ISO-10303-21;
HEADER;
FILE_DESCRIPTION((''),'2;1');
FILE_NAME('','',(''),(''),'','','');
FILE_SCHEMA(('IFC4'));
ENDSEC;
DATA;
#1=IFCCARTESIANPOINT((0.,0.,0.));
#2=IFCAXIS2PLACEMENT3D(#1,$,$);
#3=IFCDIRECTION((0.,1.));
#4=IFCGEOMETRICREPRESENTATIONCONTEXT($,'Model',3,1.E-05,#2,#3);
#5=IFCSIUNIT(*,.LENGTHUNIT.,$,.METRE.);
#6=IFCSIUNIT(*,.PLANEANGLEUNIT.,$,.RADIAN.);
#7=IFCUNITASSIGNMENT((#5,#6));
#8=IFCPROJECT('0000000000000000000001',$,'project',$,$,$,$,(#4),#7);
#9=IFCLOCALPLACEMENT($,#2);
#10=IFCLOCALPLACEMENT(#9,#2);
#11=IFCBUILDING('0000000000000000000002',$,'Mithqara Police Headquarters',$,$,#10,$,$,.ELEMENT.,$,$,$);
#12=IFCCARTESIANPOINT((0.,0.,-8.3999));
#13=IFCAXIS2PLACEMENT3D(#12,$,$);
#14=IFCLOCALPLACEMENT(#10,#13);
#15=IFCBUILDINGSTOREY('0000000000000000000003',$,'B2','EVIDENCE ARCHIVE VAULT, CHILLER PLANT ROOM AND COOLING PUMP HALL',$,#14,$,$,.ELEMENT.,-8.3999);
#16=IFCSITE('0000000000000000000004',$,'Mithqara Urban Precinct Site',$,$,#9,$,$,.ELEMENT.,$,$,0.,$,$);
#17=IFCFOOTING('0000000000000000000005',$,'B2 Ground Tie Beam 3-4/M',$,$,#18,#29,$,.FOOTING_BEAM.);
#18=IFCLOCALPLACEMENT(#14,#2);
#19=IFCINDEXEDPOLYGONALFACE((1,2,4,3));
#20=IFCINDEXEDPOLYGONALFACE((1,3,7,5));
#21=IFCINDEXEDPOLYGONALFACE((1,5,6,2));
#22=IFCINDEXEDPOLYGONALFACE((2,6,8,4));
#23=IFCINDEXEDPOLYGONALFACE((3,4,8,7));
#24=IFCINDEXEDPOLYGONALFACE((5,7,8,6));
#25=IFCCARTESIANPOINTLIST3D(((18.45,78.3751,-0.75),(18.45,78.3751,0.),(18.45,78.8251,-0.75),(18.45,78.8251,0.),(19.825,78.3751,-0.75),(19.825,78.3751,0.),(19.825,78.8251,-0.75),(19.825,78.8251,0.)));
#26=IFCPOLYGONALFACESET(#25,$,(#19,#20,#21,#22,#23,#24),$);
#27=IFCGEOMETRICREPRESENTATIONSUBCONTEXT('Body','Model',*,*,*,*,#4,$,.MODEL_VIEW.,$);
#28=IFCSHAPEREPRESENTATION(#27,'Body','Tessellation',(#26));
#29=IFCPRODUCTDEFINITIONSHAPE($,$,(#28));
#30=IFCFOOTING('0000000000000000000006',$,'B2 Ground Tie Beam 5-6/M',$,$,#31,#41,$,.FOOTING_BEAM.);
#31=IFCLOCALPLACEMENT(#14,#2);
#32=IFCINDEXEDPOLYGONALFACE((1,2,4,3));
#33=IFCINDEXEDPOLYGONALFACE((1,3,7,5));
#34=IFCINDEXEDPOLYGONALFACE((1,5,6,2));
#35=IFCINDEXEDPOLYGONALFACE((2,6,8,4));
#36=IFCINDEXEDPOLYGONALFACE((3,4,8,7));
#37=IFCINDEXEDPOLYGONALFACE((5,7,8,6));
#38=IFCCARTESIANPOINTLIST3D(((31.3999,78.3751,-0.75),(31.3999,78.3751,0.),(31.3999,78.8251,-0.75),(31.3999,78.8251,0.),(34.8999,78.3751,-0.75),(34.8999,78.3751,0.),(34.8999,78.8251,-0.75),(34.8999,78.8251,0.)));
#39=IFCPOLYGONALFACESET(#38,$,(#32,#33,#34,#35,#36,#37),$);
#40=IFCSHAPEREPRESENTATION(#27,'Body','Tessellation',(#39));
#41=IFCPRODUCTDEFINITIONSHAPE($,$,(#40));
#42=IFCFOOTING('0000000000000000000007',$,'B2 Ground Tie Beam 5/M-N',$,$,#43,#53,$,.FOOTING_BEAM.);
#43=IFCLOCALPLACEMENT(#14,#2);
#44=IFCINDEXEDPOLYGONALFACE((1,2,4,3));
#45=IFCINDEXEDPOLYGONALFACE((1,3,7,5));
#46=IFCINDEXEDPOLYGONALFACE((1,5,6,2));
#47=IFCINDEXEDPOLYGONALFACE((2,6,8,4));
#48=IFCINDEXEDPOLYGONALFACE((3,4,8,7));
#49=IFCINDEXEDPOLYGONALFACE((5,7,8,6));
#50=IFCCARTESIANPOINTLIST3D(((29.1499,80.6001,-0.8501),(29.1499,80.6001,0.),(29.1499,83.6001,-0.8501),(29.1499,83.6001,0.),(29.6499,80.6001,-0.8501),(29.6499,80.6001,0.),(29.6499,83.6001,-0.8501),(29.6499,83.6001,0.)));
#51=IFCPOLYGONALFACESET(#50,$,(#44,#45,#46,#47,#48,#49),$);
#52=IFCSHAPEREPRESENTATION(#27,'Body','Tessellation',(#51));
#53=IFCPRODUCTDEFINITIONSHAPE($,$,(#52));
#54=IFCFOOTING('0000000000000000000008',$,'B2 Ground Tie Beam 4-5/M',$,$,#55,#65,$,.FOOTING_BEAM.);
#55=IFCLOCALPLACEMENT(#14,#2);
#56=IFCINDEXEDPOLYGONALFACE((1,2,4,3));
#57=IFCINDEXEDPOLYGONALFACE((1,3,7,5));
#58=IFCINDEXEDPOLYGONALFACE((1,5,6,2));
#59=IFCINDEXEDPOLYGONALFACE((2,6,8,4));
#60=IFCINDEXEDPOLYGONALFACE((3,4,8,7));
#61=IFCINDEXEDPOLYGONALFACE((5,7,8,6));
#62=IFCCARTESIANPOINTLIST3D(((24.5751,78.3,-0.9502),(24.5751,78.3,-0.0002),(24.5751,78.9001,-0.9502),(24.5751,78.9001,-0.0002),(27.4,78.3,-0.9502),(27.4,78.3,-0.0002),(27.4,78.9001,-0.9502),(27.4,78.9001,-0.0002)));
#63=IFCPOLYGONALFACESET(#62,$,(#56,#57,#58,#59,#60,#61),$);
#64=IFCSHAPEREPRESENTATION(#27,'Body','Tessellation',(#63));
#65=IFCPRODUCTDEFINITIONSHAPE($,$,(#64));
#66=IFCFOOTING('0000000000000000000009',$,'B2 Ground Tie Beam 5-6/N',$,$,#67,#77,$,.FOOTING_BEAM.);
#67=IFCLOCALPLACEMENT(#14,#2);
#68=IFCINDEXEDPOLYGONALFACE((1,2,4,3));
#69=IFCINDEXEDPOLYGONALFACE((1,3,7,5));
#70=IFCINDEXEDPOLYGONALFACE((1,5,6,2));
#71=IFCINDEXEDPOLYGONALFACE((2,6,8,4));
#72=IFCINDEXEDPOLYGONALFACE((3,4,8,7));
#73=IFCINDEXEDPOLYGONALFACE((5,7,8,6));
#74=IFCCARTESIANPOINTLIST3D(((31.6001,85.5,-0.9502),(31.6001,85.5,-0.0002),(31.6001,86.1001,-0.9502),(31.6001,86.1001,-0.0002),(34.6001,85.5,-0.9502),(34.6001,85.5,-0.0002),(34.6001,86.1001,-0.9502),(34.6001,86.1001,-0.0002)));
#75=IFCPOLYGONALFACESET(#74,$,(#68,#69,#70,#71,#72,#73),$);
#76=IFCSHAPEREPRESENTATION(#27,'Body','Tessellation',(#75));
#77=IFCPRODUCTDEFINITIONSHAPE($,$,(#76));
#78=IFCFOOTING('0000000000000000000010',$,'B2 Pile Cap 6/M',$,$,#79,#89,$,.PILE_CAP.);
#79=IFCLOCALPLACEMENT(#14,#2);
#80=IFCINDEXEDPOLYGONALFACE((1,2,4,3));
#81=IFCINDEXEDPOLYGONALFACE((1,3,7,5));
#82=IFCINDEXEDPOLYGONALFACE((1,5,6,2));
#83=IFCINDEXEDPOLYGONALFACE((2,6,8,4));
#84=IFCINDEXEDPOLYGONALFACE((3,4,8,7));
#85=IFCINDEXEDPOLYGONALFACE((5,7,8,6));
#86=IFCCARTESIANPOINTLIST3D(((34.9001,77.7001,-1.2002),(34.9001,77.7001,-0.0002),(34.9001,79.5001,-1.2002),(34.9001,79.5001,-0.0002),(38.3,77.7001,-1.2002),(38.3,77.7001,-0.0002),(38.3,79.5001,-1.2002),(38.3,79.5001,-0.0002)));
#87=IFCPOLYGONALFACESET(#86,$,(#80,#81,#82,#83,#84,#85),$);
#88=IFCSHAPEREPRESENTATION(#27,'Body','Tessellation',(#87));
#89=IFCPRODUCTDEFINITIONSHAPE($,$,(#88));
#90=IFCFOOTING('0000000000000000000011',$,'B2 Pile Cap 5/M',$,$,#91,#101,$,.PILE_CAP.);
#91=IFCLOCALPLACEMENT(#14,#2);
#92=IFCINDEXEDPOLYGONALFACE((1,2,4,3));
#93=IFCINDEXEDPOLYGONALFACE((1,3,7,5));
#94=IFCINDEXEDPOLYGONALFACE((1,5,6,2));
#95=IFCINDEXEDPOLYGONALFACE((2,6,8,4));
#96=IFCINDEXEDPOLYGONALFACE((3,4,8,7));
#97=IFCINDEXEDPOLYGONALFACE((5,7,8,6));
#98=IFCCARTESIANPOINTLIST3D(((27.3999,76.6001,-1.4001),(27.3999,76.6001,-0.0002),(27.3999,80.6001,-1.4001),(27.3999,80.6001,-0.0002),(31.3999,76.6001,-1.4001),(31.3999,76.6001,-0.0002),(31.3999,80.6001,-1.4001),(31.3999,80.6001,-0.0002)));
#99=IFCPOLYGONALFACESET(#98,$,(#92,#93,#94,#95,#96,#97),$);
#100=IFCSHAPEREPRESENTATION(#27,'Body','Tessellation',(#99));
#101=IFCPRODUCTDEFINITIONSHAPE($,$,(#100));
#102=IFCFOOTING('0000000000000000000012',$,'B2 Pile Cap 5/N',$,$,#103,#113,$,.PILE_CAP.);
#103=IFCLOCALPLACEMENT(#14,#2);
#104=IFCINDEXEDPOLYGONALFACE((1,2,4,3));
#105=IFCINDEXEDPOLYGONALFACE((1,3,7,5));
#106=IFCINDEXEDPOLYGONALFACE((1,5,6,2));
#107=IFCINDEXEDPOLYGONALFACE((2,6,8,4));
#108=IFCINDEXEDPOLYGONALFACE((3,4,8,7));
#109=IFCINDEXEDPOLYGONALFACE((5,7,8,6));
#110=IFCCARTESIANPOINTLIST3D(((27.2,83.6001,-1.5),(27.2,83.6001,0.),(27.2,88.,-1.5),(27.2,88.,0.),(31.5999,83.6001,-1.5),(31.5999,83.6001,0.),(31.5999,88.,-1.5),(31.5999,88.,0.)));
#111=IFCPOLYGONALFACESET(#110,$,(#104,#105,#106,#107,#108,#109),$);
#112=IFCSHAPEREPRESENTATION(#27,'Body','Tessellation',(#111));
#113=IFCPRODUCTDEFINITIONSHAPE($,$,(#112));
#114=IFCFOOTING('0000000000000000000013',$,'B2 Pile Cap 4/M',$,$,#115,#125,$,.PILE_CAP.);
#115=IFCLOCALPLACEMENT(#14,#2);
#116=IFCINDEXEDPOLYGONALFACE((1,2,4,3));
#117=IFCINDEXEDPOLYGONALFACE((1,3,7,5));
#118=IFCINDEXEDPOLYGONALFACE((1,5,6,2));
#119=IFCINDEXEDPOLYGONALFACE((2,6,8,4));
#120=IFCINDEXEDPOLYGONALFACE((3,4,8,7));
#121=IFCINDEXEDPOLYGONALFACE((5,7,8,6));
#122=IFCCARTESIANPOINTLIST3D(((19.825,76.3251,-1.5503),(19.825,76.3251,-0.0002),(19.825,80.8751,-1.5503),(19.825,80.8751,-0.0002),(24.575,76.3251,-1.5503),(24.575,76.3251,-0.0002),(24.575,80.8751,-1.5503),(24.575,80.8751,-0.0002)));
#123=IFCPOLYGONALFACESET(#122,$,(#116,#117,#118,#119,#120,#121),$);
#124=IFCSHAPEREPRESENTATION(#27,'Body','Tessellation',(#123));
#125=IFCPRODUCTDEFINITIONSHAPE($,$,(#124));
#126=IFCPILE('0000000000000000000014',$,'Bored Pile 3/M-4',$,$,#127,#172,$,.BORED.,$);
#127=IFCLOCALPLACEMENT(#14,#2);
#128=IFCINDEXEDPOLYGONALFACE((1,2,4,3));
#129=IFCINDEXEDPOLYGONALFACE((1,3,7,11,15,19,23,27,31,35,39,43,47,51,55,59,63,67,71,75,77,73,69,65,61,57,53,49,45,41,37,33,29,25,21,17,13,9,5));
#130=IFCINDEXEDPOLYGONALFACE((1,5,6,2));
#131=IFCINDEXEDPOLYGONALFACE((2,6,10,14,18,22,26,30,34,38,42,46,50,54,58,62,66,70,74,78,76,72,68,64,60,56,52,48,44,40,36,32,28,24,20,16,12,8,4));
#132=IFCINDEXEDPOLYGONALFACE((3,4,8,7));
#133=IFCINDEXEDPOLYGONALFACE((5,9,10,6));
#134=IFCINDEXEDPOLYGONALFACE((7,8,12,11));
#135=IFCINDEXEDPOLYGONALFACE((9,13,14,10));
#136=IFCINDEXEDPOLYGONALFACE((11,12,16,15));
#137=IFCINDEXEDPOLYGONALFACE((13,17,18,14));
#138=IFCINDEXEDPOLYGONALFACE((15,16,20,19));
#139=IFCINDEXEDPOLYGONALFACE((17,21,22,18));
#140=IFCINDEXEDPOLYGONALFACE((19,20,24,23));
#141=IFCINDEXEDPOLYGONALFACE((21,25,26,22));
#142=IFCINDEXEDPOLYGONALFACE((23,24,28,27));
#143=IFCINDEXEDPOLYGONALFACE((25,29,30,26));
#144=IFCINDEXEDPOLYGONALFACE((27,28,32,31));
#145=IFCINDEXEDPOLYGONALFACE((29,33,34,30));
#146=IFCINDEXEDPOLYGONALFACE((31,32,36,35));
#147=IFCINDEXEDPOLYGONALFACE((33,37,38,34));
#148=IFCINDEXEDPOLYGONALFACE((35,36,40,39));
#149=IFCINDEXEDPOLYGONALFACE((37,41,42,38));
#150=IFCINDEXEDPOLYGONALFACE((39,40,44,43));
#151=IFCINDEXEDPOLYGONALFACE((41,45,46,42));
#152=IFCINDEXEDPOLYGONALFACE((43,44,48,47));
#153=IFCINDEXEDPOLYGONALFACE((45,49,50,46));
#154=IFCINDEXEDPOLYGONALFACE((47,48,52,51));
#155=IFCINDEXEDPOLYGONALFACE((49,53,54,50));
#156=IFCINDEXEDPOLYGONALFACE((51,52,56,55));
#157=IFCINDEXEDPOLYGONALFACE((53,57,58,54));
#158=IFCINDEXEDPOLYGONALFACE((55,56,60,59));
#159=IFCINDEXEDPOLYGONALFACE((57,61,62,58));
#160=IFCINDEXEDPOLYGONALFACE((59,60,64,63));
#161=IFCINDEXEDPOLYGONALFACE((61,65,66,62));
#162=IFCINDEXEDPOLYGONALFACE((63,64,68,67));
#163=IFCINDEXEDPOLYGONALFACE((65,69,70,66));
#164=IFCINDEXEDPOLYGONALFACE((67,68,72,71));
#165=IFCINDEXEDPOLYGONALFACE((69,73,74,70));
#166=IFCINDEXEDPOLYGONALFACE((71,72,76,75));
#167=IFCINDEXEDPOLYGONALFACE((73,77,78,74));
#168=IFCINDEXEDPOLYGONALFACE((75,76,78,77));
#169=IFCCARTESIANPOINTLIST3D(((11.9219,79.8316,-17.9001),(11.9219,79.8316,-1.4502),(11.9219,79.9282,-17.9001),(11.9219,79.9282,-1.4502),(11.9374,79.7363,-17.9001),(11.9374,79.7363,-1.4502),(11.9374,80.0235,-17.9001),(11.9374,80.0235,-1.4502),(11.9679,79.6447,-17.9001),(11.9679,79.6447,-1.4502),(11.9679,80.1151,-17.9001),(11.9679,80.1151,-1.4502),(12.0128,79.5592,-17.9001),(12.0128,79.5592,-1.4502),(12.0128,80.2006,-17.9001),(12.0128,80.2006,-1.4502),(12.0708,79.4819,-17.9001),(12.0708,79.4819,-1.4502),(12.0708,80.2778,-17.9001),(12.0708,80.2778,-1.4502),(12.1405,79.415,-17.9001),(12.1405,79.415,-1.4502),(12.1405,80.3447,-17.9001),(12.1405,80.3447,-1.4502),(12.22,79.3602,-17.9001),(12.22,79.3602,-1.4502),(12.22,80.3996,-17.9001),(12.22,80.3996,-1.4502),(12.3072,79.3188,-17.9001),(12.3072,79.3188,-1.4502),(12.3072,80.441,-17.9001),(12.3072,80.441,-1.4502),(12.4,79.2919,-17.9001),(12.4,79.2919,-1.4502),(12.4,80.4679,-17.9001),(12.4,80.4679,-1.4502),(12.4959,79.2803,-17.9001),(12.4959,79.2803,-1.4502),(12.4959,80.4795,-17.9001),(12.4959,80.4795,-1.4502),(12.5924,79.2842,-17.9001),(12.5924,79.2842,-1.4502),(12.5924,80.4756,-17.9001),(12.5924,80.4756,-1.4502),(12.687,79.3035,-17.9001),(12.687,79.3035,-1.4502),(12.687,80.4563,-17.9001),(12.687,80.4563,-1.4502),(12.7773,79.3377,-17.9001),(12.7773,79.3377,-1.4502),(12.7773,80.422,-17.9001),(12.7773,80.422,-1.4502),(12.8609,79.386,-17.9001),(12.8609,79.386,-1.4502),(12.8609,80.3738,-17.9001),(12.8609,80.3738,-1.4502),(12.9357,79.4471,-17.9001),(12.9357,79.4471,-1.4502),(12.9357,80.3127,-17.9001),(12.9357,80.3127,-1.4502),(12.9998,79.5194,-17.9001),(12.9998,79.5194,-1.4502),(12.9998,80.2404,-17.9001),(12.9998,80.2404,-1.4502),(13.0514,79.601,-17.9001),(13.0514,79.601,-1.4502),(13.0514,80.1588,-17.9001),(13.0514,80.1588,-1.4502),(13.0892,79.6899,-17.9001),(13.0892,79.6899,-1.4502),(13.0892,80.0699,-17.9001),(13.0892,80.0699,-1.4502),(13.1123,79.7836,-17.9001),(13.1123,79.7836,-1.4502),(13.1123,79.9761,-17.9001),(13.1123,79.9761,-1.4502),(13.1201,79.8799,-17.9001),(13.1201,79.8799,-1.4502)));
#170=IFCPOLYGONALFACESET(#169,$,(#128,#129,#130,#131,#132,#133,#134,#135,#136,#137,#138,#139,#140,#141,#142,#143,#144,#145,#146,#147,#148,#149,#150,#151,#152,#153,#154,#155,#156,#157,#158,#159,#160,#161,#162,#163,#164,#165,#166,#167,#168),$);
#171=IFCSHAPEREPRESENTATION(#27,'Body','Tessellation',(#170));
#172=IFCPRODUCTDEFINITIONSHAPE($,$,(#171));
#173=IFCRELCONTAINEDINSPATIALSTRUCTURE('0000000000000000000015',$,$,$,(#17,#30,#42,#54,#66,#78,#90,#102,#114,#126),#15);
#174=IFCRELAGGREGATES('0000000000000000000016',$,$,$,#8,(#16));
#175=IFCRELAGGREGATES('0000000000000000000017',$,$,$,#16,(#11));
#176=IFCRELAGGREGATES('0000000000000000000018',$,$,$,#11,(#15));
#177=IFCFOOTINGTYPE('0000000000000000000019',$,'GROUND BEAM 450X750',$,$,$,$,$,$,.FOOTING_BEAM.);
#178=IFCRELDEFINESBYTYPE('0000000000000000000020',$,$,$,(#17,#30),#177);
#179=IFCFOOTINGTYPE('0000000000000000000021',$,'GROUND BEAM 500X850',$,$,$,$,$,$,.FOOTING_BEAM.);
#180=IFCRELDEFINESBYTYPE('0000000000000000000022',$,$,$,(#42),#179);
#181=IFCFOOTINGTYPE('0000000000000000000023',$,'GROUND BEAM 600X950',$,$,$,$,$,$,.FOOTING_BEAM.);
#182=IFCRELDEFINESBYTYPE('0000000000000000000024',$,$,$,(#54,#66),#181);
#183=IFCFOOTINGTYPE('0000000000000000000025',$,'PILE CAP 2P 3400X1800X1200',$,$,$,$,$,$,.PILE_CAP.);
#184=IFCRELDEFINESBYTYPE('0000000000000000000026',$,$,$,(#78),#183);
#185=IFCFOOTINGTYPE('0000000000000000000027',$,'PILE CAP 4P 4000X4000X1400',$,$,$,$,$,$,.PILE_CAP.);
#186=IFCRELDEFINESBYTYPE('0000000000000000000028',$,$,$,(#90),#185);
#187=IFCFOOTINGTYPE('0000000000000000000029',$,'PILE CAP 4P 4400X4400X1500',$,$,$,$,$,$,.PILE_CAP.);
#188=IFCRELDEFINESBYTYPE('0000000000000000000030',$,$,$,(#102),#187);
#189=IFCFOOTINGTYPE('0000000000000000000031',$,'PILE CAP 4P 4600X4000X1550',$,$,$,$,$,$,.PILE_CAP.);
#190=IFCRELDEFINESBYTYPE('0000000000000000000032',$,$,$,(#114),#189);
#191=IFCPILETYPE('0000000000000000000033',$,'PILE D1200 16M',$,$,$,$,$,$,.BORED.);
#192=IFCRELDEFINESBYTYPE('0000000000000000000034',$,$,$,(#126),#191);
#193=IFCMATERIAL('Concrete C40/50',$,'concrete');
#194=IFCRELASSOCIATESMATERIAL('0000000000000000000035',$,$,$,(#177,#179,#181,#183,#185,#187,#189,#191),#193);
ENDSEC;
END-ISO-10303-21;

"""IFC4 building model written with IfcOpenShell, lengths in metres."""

from ifc_helpers import new_model, si_unit, direction, frame, origin, origin_2d, place, context, subcontext, project, spatial, rectangle, circle, extrude, material, material_profile, profile_set, type_object, element, save


model = new_model("IFC4")

# Units and contexts
model_context = context("Model", 3, precision=1e-05, world=origin(), true_north=direction((0.0, 1.0)))
body_context = subcontext(model_context, "Body", "Model", "MODEL_VIEW")
ifc_project = project(units=[si_unit("LENGTHUNIT", "METRE"), si_unit("PLANEANGLEUNIT", "RADIAN")], contexts=[model_context])

# Site, building, storey
site_placement = place(None, origin())
site = spatial("IfcSite", under=ifc_project, at=site_placement, Name="Mithqara Urban Precinct Site", CompositionType="ELEMENT", RefElevation=0.0)
building_placement = place(site_placement, origin())
building = spatial("IfcBuilding", under=site, at=building_placement, Name="Mithqara Police Headquarters", CompositionType="ELEMENT")
storey_placement = place(building_placement, frame((0.0, 0.0, -8.3999)))
storey = spatial("IfcBuildingStorey", under=building, at=storey_placement, Name="B2", Description="EVIDENCE ARCHIVE VAULT, CHILLER PLANT ROOM AND COOLING PUMP HALL", CompositionType="ELEMENT", Elevation=-8.3999)

# Footings
ifc_material_1 = material(Name="Concrete C40/50", Category="concrete")
footing_type_1 = type_object("IfcFootingType", Name="GROUND BEAM 450X750", PredefinedType="FOOTING_BEAM", material=ifc_material_1)
footing_1_placement = place(storey_placement, frame((19.1375, 78.6001, -0.75), z_axis=(0.0, 0.0, 1.0), x_axis=(1.0, 0.0, 0.0)))
element("IfcFooting", 1, at=footing_1_placement, inside=storey, type_object=footing_type_1, Name="B2 Ground Tie Beam 3-4/M", PredefinedType="FOOTING_BEAM", context=body_context, shape_type="SweptSolid", body=[
    extrude(rectangle(XDim=1.375, YDim=0.45, at=origin_2d()), origin(), (0.0, 0.0, 1.0), 0.75),
])
footing_2_placement = place(storey_placement, frame((33.1499, 78.6001, -0.75), z_axis=(0.0, 0.0, 1.0), x_axis=(1.0, 0.0, 0.0)))
element("IfcFooting", 2, at=footing_2_placement, inside=storey, type_object=footing_type_1, Name="B2 Ground Tie Beam 5-6/M", PredefinedType="FOOTING_BEAM", context=body_context, shape_type="SweptSolid", body=[
    extrude(rectangle(XDim=3.5, YDim=0.45, at=origin_2d()), origin(), (0.0, 0.0, 1.0), 0.75),
])
footing_type_2 = type_object("IfcFootingType", Name="GROUND BEAM 500X850", PredefinedType="FOOTING_BEAM", material=ifc_material_1)
footing_3_placement = place(storey_placement, frame((29.3999, 82.1001, -0.8501), z_axis=(0.0, 0.0, 1.0), x_axis=(1.0, 0.0, 0.0)))
element("IfcFooting", 3, at=footing_3_placement, inside=storey, type_object=footing_type_2, Name="B2 Ground Tie Beam 5/M-N", PredefinedType="FOOTING_BEAM", context=body_context, shape_type="SweptSolid", body=[
    extrude(rectangle(XDim=0.5, YDim=3.0, at=origin_2d()), origin(), (0.0, 0.0, 1.0), 0.8501),
])
footing_type_3 = type_object("IfcFootingType", Name="GROUND BEAM 600X950", PredefinedType="FOOTING_BEAM", material=ifc_material_1)
footing_4_placement = place(storey_placement, frame((25.9875, 78.6001, -0.9502), z_axis=(0.0, 0.0, 1.0), x_axis=(1.0, 0.0, 0.0)))
element("IfcFooting", 4, at=footing_4_placement, inside=storey, type_object=footing_type_3, Name="B2 Ground Tie Beam 4-5/M", PredefinedType="FOOTING_BEAM", context=body_context, shape_type="SweptSolid", body=[
    extrude(rectangle(XDim=2.825, YDim=0.6001, at=origin_2d()), origin(), (0.0, 0.0, 1.0), 0.95),
])
footing_5_placement = place(storey_placement, frame((33.1001, 85.8, -0.9502), z_axis=(0.0, 0.0, 1.0), x_axis=(1.0, 0.0, 0.0)))
element("IfcFooting", 5, at=footing_5_placement, inside=storey, type_object=footing_type_3, Name="B2 Ground Tie Beam 5-6/N", PredefinedType="FOOTING_BEAM", context=body_context, shape_type="SweptSolid", body=[
    extrude(rectangle(XDim=3.0, YDim=0.6001, at=origin_2d()), origin(), (0.0, 0.0, 1.0), 0.95),
])
footing_type_4 = type_object("IfcFootingType", Name="PILE CAP 2P 3400X1800X1200", PredefinedType="PILE_CAP", material=ifc_material_1)
footing_6_placement = place(storey_placement, frame((36.6001, 78.6001, -1.2002), z_axis=(0.0, 0.0, 1.0), x_axis=(1.0, 0.0, 0.0)))
element("IfcFooting", 6, at=footing_6_placement, inside=storey, type_object=footing_type_4, Name="B2 Pile Cap 6/M", PredefinedType="PILE_CAP", context=body_context, shape_type="SweptSolid", body=[
    extrude(rectangle(XDim=3.3999, YDim=1.8, at=origin_2d()), origin(), (0.0, 0.0, 1.0), 1.2),
])
footing_type_5 = type_object("IfcFootingType", Name="PILE CAP 4P 4000X4000X1400", PredefinedType="PILE_CAP", material=ifc_material_1)
footing_7_placement = place(storey_placement, frame((29.3999, 78.6001, -1.4001), z_axis=(0.0, 0.0, 1.0), x_axis=(1.0, 0.0, 0.0)))
element("IfcFooting", 7, at=footing_7_placement, inside=storey, type_object=footing_type_5, Name="B2 Pile Cap 5/M", PredefinedType="PILE_CAP", context=body_context, shape_type="SweptSolid", body=[
    extrude(rectangle(XDim=4.0, YDim=4.0, at=origin_2d()), origin(), (0.0, 0.0, 1.0), 1.3999),
])
footing_type_6 = type_object("IfcFootingType", Name="PILE CAP 4P 4400X4400X1500", PredefinedType="PILE_CAP", material=ifc_material_1)
footing_8_placement = place(storey_placement, frame((29.3999, 85.8, -1.5), z_axis=(0.0, 0.0, 1.0), x_axis=(1.0, 0.0, 0.0)))
element("IfcFooting", 8, at=footing_8_placement, inside=storey, type_object=footing_type_6, Name="B2 Pile Cap 5/N", PredefinedType="PILE_CAP", context=body_context, shape_type="SweptSolid", body=[
    extrude(rectangle(XDim=4.3999, YDim=4.3999, at=origin_2d()), origin(), (0.0, 0.0, 1.0), 1.5),
])
footing_type_7 = type_object("IfcFootingType", Name="PILE CAP 4P 4600X4000X1550", PredefinedType="PILE_CAP", material=ifc_material_1)
footing_9_placement = place(storey_placement, frame((22.2, 78.6001, -1.5503), z_axis=(0.0, 0.0, 1.0), x_axis=(1.0, 0.0, 0.0)))
element("IfcFooting", 9, at=footing_9_placement, inside=storey, type_object=footing_type_7, Name="B2 Pile Cap 4/M", PredefinedType="PILE_CAP", context=body_context, shape_type="SweptSolid", body=[
    extrude(rectangle(XDim=4.75, YDim=4.55, at=origin_2d()), origin(), (0.0, 0.0, 1.0), 1.55),
])

# Pile
ifc_material_profile_1 = material_profile(ifc_material_1, circle(Radius=0.6001, at=origin_2d()), Name="PILE D1200")
ifc_profile_set_1 = profile_set([ifc_material_profile_1], Name="Concrete C40/50")
pile_type_1 = type_object("IfcPileType", Name="PILE D1200 16M", PredefinedType="BORED", material=ifc_profile_set_1)
for number, where, z_axis, x_axis, name in (
    (10, (12.52, 79.8799, -1.4502), (0.0, 0.0, -1.0), (1.0, 0.0, 0.0), "Bored Pile 3/M-4"),
):
    element("IfcPile", number, at=place(storey_placement, frame(where, z_axis=z_axis, x_axis=x_axis)), inside=storey, type_object=pile_type_1, Name=name, PredefinedType="BORED", context=body_context, shape_type="SweptSolid", body=[
        extrude(circle(Radius=0.6001, at=origin_2d()), origin(), (0.0, 0.0, 1.0), 16.45),
    ])

save(model, "model.ifc")
